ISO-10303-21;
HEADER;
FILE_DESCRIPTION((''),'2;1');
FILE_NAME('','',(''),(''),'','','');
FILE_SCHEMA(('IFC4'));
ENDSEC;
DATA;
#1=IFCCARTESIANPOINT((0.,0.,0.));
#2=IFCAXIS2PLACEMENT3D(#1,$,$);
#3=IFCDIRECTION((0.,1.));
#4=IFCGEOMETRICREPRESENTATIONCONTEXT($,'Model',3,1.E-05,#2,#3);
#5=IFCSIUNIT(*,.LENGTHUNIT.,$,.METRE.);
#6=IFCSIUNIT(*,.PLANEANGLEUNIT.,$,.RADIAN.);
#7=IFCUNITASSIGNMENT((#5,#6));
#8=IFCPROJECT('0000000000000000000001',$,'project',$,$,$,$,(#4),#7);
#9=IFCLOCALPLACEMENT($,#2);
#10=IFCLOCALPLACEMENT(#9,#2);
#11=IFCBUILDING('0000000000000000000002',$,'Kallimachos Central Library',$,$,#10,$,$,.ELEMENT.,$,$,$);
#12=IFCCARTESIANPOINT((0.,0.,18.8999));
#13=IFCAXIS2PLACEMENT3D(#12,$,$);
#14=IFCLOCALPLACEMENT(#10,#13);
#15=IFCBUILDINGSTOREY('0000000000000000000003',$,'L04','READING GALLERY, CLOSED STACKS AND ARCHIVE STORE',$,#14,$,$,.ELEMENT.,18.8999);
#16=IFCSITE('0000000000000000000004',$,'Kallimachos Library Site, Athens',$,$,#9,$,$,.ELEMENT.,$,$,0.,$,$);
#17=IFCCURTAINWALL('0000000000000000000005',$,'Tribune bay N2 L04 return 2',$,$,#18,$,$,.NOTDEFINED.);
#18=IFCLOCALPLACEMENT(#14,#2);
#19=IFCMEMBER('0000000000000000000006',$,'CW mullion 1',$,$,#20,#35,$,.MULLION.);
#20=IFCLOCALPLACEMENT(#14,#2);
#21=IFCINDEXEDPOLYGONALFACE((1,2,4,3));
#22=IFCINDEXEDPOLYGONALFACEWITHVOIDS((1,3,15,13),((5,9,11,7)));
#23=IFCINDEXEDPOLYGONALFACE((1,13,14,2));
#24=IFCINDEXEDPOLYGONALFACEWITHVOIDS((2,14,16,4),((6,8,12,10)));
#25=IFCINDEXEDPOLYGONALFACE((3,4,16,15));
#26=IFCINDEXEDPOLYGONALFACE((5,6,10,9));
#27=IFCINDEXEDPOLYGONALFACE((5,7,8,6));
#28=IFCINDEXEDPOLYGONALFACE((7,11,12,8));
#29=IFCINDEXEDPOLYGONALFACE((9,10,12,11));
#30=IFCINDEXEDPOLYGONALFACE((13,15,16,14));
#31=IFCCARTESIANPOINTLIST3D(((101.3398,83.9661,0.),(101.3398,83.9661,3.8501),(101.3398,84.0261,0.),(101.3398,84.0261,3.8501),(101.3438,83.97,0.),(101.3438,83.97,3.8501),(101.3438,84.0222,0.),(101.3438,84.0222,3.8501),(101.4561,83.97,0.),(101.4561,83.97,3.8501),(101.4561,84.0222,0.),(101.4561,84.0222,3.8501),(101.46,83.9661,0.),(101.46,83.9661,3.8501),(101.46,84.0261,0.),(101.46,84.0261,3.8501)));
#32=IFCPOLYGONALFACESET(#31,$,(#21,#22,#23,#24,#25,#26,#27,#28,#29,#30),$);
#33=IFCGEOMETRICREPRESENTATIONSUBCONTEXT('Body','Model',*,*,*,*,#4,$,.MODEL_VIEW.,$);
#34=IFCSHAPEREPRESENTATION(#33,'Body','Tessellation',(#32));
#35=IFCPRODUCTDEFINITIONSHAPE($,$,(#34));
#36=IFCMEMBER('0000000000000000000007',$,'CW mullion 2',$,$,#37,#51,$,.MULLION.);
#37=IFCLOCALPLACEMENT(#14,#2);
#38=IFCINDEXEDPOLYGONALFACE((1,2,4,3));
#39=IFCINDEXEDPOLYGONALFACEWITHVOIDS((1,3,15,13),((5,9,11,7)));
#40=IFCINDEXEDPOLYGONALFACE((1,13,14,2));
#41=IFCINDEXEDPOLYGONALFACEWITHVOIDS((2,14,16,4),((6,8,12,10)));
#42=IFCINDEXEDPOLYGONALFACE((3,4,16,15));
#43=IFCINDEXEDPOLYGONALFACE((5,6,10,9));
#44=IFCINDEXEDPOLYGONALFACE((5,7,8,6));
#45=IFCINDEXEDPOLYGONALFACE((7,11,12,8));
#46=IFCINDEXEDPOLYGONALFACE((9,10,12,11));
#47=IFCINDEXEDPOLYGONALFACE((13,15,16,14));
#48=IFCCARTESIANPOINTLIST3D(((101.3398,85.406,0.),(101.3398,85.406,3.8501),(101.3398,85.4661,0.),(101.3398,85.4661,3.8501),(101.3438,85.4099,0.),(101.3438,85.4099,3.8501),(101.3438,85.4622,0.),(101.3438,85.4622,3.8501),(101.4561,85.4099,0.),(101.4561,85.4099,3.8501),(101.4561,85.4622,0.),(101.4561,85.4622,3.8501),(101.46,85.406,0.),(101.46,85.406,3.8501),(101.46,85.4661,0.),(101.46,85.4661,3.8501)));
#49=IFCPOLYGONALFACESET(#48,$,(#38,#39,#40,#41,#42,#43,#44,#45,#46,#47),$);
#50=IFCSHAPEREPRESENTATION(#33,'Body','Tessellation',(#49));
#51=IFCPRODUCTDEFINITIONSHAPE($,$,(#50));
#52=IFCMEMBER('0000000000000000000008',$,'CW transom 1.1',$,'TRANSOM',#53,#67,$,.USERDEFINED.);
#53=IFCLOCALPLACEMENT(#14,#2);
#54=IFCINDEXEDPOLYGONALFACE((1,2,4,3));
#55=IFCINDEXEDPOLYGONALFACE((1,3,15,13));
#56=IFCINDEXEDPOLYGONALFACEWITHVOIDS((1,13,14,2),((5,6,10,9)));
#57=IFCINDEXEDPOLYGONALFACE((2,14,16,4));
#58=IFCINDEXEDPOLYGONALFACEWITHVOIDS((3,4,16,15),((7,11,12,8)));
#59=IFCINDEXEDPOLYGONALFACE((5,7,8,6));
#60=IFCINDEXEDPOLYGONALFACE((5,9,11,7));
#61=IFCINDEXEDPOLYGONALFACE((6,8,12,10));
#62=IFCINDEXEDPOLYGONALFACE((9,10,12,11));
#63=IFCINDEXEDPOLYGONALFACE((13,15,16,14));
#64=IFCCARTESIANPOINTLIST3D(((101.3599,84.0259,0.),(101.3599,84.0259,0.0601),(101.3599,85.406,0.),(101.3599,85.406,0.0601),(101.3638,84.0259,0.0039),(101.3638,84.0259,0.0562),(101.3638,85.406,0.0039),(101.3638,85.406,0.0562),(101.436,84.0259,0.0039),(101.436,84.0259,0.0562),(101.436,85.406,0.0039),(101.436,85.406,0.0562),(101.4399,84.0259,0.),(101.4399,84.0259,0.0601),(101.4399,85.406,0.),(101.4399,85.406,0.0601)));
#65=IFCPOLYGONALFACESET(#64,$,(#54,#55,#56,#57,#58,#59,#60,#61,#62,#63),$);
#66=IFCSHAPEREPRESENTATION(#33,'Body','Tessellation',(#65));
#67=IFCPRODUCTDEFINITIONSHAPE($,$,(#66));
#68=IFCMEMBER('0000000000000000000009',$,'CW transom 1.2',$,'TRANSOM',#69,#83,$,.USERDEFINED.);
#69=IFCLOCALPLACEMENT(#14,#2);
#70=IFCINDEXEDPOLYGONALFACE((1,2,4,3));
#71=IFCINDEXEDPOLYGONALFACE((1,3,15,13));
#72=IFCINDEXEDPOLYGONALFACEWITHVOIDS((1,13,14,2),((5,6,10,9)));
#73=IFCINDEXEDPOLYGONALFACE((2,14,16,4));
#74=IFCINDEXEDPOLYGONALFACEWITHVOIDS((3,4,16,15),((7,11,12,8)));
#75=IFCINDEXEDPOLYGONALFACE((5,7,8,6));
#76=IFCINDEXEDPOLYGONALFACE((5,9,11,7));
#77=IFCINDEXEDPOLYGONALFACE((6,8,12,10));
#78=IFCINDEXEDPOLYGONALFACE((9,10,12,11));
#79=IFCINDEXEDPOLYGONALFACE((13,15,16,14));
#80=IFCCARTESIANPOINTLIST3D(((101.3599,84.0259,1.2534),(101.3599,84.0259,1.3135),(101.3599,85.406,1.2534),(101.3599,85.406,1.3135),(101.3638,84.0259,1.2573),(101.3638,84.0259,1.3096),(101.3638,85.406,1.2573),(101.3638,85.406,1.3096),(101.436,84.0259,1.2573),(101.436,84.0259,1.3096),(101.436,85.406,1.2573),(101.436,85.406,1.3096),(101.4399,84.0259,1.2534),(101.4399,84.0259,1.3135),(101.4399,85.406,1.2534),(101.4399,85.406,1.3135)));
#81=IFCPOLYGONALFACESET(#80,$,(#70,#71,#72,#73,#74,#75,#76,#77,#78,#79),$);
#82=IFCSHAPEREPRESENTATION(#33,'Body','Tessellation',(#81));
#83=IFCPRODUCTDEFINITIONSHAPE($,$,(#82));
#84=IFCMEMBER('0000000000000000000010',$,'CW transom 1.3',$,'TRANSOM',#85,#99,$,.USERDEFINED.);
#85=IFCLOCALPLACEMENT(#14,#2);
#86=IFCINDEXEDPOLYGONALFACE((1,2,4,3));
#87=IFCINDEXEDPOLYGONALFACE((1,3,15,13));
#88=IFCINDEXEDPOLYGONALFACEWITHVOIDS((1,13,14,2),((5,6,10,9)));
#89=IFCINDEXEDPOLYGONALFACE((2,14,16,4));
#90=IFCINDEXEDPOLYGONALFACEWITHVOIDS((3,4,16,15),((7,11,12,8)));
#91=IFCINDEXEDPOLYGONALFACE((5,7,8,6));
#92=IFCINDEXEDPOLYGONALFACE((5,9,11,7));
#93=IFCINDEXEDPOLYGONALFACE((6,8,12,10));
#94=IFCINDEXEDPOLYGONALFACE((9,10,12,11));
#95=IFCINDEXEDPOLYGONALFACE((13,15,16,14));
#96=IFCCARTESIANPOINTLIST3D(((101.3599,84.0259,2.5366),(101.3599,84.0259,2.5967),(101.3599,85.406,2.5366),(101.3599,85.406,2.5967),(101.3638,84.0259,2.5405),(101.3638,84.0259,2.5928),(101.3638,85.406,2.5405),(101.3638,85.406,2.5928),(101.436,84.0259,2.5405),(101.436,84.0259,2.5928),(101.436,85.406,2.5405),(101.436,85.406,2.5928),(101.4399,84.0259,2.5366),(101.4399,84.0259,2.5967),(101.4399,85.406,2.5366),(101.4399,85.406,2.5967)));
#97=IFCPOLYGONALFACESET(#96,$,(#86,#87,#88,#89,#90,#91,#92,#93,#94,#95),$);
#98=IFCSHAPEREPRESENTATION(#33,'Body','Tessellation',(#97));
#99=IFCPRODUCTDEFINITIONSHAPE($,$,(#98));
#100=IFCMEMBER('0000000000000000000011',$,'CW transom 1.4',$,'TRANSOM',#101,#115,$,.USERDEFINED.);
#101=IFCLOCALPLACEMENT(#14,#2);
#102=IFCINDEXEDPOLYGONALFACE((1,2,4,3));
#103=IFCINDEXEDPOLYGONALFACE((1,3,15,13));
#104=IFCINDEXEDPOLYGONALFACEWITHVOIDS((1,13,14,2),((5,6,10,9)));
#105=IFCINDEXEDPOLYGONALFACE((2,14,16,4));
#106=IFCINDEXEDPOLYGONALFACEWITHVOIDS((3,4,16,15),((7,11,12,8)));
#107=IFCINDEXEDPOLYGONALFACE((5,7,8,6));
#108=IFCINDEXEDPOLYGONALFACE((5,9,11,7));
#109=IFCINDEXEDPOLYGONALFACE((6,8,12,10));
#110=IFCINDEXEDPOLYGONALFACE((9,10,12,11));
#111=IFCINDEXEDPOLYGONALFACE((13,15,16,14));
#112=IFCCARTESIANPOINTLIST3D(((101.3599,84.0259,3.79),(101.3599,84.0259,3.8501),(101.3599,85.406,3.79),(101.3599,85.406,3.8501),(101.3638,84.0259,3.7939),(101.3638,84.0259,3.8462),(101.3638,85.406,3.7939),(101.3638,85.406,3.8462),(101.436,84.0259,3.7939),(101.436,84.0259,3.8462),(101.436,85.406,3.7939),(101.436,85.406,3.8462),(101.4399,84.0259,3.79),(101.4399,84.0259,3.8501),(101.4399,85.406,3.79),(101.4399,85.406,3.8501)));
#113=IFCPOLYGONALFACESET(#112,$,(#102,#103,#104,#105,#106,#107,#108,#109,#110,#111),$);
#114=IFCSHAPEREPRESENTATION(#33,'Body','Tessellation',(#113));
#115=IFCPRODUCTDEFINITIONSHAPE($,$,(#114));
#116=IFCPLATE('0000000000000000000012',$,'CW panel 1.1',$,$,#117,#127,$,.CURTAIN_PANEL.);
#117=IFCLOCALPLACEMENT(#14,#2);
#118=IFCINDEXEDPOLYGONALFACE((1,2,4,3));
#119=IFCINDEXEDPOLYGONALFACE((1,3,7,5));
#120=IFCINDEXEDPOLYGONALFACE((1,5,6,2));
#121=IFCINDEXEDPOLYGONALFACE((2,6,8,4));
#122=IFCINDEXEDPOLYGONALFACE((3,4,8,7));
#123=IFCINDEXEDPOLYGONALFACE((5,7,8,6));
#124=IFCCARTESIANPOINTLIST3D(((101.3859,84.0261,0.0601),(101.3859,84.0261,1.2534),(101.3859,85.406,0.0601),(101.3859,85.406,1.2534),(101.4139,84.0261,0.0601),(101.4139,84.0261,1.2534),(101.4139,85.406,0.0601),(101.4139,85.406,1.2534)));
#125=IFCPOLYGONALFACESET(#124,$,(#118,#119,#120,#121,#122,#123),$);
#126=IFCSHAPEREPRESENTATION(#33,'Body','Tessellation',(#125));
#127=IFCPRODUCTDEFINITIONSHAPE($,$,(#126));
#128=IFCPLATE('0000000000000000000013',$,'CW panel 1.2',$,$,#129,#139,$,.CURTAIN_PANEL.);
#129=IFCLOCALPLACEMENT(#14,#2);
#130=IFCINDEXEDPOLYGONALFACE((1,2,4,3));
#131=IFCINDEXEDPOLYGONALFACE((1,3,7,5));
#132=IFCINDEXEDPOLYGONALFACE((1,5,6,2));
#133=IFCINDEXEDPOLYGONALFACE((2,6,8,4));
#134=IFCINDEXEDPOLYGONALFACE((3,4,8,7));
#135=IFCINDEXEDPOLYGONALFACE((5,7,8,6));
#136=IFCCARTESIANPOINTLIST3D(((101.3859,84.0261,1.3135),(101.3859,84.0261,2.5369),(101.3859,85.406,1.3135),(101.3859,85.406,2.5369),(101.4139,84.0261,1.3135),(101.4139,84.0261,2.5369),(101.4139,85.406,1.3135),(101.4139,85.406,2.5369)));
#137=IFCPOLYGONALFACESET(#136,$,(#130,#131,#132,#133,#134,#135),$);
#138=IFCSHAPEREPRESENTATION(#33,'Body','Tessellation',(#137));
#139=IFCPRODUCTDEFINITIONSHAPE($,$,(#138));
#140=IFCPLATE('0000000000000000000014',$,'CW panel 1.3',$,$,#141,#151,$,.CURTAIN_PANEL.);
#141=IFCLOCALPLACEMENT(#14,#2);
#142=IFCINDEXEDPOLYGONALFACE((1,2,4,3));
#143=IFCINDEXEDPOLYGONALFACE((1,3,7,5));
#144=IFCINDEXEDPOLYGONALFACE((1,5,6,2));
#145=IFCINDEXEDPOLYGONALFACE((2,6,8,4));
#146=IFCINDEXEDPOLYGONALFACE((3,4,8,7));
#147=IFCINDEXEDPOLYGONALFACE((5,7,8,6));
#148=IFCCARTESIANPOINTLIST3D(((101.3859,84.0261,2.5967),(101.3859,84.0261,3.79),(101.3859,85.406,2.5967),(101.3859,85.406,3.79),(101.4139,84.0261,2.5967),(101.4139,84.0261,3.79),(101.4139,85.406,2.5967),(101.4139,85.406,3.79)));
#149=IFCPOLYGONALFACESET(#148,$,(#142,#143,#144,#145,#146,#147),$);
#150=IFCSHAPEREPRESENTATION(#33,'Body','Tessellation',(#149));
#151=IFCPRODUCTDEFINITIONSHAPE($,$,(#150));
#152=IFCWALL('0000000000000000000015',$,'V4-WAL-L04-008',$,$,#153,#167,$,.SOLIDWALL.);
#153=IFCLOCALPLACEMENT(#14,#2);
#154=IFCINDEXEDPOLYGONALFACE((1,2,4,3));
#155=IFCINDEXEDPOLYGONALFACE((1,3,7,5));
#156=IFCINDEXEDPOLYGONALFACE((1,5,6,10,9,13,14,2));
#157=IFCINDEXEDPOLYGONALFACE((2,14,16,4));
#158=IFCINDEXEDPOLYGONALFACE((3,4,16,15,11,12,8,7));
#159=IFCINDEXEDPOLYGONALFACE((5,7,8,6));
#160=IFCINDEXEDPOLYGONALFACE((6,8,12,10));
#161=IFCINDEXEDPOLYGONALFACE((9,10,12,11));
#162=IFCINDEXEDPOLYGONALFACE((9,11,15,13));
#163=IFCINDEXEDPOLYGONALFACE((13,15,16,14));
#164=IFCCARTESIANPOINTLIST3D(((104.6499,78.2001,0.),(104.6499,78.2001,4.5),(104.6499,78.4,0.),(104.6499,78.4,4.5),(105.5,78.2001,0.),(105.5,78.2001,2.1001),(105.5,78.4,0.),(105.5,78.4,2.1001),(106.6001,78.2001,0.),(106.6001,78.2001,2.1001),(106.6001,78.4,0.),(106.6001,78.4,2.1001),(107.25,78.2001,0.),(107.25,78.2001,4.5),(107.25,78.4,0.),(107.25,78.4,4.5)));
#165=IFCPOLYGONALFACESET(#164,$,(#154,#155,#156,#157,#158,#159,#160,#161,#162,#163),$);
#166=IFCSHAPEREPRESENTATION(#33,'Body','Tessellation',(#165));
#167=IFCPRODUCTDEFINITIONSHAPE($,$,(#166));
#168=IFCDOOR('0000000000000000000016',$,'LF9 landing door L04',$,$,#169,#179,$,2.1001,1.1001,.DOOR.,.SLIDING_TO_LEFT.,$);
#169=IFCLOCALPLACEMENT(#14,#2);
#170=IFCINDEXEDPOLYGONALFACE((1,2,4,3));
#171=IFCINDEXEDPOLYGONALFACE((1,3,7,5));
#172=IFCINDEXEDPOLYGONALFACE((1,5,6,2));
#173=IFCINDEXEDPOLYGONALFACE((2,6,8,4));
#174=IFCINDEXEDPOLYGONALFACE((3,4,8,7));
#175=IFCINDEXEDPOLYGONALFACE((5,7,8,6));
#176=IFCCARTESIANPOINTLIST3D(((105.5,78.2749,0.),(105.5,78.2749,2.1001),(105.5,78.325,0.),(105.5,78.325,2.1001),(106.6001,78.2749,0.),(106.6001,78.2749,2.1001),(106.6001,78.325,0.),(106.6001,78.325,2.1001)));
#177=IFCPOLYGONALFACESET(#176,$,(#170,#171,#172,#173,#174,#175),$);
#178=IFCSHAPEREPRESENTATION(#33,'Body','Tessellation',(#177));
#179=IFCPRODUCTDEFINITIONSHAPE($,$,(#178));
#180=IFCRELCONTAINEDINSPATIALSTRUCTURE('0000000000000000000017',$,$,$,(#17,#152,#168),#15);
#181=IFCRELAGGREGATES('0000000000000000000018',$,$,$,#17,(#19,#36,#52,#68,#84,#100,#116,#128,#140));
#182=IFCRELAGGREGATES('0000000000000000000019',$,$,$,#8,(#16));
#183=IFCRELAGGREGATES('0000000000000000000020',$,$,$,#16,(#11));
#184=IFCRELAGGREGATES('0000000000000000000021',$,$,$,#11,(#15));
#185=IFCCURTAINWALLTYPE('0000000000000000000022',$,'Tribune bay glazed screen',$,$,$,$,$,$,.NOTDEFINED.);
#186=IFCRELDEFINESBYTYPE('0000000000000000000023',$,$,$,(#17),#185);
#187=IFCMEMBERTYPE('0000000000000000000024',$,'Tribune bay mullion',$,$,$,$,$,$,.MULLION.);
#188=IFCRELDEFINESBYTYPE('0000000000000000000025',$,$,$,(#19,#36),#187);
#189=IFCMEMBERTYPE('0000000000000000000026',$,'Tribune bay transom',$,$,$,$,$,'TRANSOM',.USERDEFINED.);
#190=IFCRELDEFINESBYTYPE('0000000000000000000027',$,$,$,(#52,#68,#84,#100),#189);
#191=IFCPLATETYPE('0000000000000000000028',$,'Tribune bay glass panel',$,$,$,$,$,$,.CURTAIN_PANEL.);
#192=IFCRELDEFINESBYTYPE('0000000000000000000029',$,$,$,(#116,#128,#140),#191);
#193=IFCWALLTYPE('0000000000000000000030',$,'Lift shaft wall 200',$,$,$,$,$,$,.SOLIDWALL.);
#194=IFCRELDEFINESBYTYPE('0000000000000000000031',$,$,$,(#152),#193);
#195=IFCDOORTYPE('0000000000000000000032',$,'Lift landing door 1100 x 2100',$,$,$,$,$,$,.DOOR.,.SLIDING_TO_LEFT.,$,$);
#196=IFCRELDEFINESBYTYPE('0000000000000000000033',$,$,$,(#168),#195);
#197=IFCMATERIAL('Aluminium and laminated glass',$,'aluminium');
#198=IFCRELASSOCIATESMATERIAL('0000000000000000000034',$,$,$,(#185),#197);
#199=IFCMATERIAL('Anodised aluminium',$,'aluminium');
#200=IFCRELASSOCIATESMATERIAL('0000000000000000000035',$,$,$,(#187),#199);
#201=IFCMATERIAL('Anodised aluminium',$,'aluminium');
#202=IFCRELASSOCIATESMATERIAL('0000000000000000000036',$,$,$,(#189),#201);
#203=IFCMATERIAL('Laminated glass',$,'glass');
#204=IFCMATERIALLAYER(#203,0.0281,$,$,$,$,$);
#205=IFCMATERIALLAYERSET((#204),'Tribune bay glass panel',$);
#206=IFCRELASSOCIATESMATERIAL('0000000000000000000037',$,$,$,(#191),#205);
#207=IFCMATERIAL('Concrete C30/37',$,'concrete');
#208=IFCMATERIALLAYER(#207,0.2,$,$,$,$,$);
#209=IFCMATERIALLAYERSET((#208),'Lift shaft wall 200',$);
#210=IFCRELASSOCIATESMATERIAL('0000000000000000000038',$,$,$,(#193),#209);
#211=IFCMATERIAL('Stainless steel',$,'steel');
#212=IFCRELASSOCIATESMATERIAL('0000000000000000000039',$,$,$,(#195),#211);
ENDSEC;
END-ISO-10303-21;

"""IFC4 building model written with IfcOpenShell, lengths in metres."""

from ifc_helpers import new_model, si_unit, direction, frame, frame_2d, origin, origin_2d, place, context, subcontext, project, spatial, rectangle, hollow_rectangle, extrude, material, layer, layer_set, material_profile, profile_set, type_object, element, fill, aggregate, save


model = new_model("IFC4")

# Units and contexts
model_context = context("Model", 3, precision=1e-05, world=origin(), true_north=direction((0.0, 1.0)))
body_context = subcontext(model_context, "Body", "Model", "MODEL_VIEW")
ifc_project = project(units=[si_unit("LENGTHUNIT", "METRE"), si_unit("PLANEANGLEUNIT", "RADIAN")], contexts=[model_context])

# Site, building, storey
site_placement = place(None, origin())
site = spatial("IfcSite", under=ifc_project, at=site_placement, Name="Kallimachos Library Site, Athens", CompositionType="ELEMENT", RefElevation=0.0)
building_placement = place(site_placement, origin())
building = spatial("IfcBuilding", under=site, at=building_placement, Name="Kallimachos Central Library", CompositionType="ELEMENT")
storey_placement = place(building_placement, frame((0.0, 0.0, 18.8999)))
storey = spatial("IfcBuildingStorey", under=building, at=storey_placement, Name="L04", Description="READING GALLERY, CLOSED STACKS AND ARCHIVE STORE", CompositionType="ELEMENT", Elevation=18.8999)

# Shared definitions
ifc_material_1 = material(Name="Aluminium and laminated glass", Category="aluminium")
curtain_wall_type = type_object("IfcCurtainWallType", Name="Tribune bay glazed screen", PredefinedType="NOTDEFINED", material=ifc_material_1)
ifc_material_2 = material(Name="Anodised aluminium", Category="aluminium")
ifc_material_profile_1 = material_profile(ifc_material_2, hollow_rectangle(XDim=0.0601, YDim=0.1201, WallThickness=0.0039, at=origin_2d()), Name="ALU MULLION 60x120")
ifc_profile_set_1 = profile_set([ifc_material_profile_1], Name="Anodised aluminium")
member_type_1 = type_object("IfcMemberType", Name="Tribune bay mullion", PredefinedType="MULLION", material=ifc_profile_set_1)

# Curtain wall, members, plates
curtain_wall_1_placement = place(storey_placement, origin())
curtain_wall_1 = element("IfcCurtainWall", 1, at=curtain_wall_1_placement, inside=storey, type_object=curtain_wall_type, Name="Tribune bay N2 L04 return 2", PredefinedType="NOTDEFINED")
member_1_placement = place(storey_placement, frame((101.3999, 83.9961, 0.0), z_axis=(0.0, 0.0, 1.0), x_axis=(0.0, 1.0, 0.0)))
member_1 = element("IfcMember", 2, at=member_1_placement, type_object=member_type_1, Name="CW mullion 1", PredefinedType="MULLION", context=body_context, shape_type="SweptSolid", body=[
    extrude(hollow_rectangle(XDim=0.0601, YDim=0.1201, WallThickness=0.0039, at=origin_2d()), origin(), (0.0, 0.0, 1.0), 3.8501),
])
member_2_placement = place(storey_placement, frame((101.3999, 85.436, 0.0), z_axis=(0.0, 0.0, 1.0), x_axis=(0.0, 1.0, 0.0)))
member_2 = element("IfcMember", 3, at=member_2_placement, type_object=member_type_1, Name="CW mullion 2", PredefinedType="MULLION", context=body_context, shape_type="SweptSolid", body=[
    extrude(hollow_rectangle(XDim=0.0601, YDim=0.1201, WallThickness=0.0039, at=origin_2d()), origin(), (0.0, 0.0, 1.0), 3.8501),
])
ifc_material_3 = material(Name="Anodised aluminium", Category="aluminium")
ifc_material_profile_2 = material_profile(ifc_material_3, hollow_rectangle(XDim=0.0601, YDim=0.0801, WallThickness=0.0039, at=origin_2d()), Name="ALU TRANSOM 60x80")
ifc_profile_set_2 = profile_set([ifc_material_profile_2], Name="Anodised aluminium")
member_type_2 = type_object("IfcMemberType", Name="Tribune bay transom", ElementType="TRANSOM", PredefinedType="USERDEFINED", material=ifc_profile_set_2)
member_3_placement = place(storey_placement, frame((101.3999, 84.0259, 0.03), z_axis=(0.0, 1.0, 0.0), x_axis=(0.0, 0.0, 1.0)))
member_3 = element("IfcMember", 4, at=member_3_placement, type_object=member_type_2, Name="CW transom 1.1", ObjectType="TRANSOM", PredefinedType="USERDEFINED", context=body_context, shape_type="SweptSolid", body=[
    extrude(hollow_rectangle(XDim=0.0601, YDim=0.0801, WallThickness=0.0039, at=origin_2d()), origin(), (0.0, 0.0, 1.0), 1.3801),
])
member_4_placement = place(storey_placement, frame((101.3999, 84.0259, 1.2834), z_axis=(0.0, 1.0, 0.0), x_axis=(0.0, 0.0, 1.0)))
member_4 = element("IfcMember", 5, at=member_4_placement, type_object=member_type_2, Name="CW transom 1.2", ObjectType="TRANSOM", PredefinedType="USERDEFINED", context=body_context, shape_type="SweptSolid", body=[
    extrude(hollow_rectangle(XDim=0.0601, YDim=0.0801, WallThickness=0.0039, at=origin_2d()), origin(), (0.0, 0.0, 1.0), 1.3801),
])
member_5_placement = place(storey_placement, frame((101.3999, 84.0259, 2.5667), z_axis=(0.0, 1.0, 0.0), x_axis=(0.0, 0.0, 1.0)))
member_5 = element("IfcMember", 6, at=member_5_placement, type_object=member_type_2, Name="CW transom 1.3", ObjectType="TRANSOM", PredefinedType="USERDEFINED", context=body_context, shape_type="SweptSolid", body=[
    extrude(hollow_rectangle(XDim=0.0601, YDim=0.0801, WallThickness=0.0039, at=origin_2d()), origin(), (0.0, 0.0, 1.0), 1.3801),
])
member_6_placement = place(storey_placement, frame((101.3999, 84.0259, 3.8201), z_axis=(0.0, 1.0, 0.0), x_axis=(0.0, 0.0, 1.0)))
member_6 = element("IfcMember", 7, at=member_6_placement, type_object=member_type_2, Name="CW transom 1.4", ObjectType="TRANSOM", PredefinedType="USERDEFINED", context=body_context, shape_type="SweptSolid", body=[
    extrude(hollow_rectangle(XDim=0.0601, YDim=0.0801, WallThickness=0.0039, at=origin_2d()), origin(), (0.0, 0.0, 1.0), 1.3801),
])
ifc_material_4 = material(Name="Laminated glass", Category="glass")
ifc_layer_1 = layer(ifc_material_4, 0.0281)
ifc_layer_set_1 = layer_set([ifc_layer_1], Name="Tribune bay glass panel")
plate_type = type_object("IfcPlateType", Name="Tribune bay glass panel", PredefinedType="CURTAIN_PANEL", material=ifc_layer_set_1)
plate_1_placement = place(storey_placement, frame((101.3999, 84.7161, 0.0601), z_axis=(0.0, 0.0, 1.0), x_axis=(0.0, 1.0, 0.0)))
plate_1 = element("IfcPlate", 8, at=plate_1_placement, type_object=plate_type, Name="CW panel 1.1", PredefinedType="CURTAIN_PANEL", context=body_context, shape_type="SweptSolid", body=[
    extrude(rectangle(XDim=1.3799, YDim=0.0281, at=origin_2d()), origin(), (0.0, 0.0, 1.0), 1.1934),
])
plate_2_placement = place(storey_placement, frame((101.3999, 84.7161, 1.3135), z_axis=(0.0, 0.0, 1.0), x_axis=(0.0, 1.0, 0.0)))
plate_2 = element("IfcPlate", 9, at=plate_2_placement, type_object=plate_type, Name="CW panel 1.2", PredefinedType="CURTAIN_PANEL", context=body_context, shape_type="SweptSolid", body=[
    extrude(rectangle(XDim=1.3799, YDim=0.0281, at=origin_2d()), origin(), (0.0, 0.0, 1.0), 1.2234),
])
plate_3_placement = place(storey_placement, frame((101.3999, 84.7161, 2.5967), z_axis=(0.0, 0.0, 1.0), x_axis=(0.0, 1.0, 0.0)))
plate_3 = element("IfcPlate", 10, at=plate_3_placement, type_object=plate_type, Name="CW panel 1.3", PredefinedType="CURTAIN_PANEL", context=body_context, shape_type="SweptSolid", body=[
    extrude(rectangle(XDim=1.3799, YDim=0.0281, at=origin_2d()), origin(), (0.0, 0.0, 1.0), 1.1934),
])
aggregate(curtain_wall_1, [member_1, member_2, member_3, member_4, member_5, member_6, plate_1, plate_2, plate_3])

# Wall, opening, door
ifc_material_5 = material(Name="Concrete C30/37", Category="concrete")
ifc_layer_2 = layer(ifc_material_5, 0.2)
ifc_layer_set_2 = layer_set([ifc_layer_2], Name="Lift shaft wall 200")
wall_type_1 = type_object("IfcWallType", Name="Lift shaft wall 200", PredefinedType="SOLIDWALL", material=ifc_layer_set_2)
wall_1_placement = place(storey_placement, frame((104.6499, 78.3, 0.0), z_axis=(0.0, 0.0, 1.0), x_axis=(1.0, 0.0, 0.0)))
wall_1 = element("IfcWall", 11, at=wall_1_placement, inside=storey, type_object=wall_type_1, Name="V4-WAL-L04-008", PredefinedType="SOLIDWALL", context=body_context, shape_type="SweptSolid", body=[
    extrude(rectangle(XDim=2.6001, YDim=0.2, at=frame_2d((1.3, 0.0))), origin(), (0.0, 0.0, 1.0), 4.5),
])
opening_1_placement = place(wall_1_placement, frame((0.8501, 0.0, 0.0)))
opening_1 = element("IfcOpeningElement", 12, at=opening_1_placement, cuts=wall_1, PredefinedType="OPENING", context=body_context, shape_type="SweptSolid", body=[
    extrude(rectangle(XDim=1.1001, YDim=2.1001, at=frame_2d((0.55, 1.05))), frame((0.0, 0.1099, 0.0), z_axis=(0.0, -1.0, 0.0), x_axis=(1.0, 0.0, 0.0)), (0.0, 0.0, 1.0), 0.22),
])
ifc_material_6 = material(Name="Stainless steel", Category="steel")
door_type_1 = type_object("IfcDoorType", Name="Lift landing door 1100 x 2100", OperationType="SLIDING_TO_LEFT", PredefinedType="DOOR", material=ifc_material_6)
door_1_placement = place(opening_1_placement, origin())
door_1 = element("IfcDoor", 13, at=door_1_placement, inside=storey, type_object=door_type_1, Name="LF9 landing door L04", OperationType="SLIDING_TO_LEFT", OverallHeight=2.1001, OverallWidth=1.1001, PredefinedType="DOOR", context=body_context, shape_type="SweptSolid", body=[
    extrude(rectangle(XDim=1.1001, YDim=2.1001, at=frame_2d((0.55, 1.05))), frame((0.0, 0.0249, 0.0), z_axis=(0.0, -1.0, 0.0), x_axis=(1.0, 0.0, 0.0)), (0.0, 0.0, 1.0), 0.05),
])
fill(opening_1, door_1)

save(model, "model.ifc")
